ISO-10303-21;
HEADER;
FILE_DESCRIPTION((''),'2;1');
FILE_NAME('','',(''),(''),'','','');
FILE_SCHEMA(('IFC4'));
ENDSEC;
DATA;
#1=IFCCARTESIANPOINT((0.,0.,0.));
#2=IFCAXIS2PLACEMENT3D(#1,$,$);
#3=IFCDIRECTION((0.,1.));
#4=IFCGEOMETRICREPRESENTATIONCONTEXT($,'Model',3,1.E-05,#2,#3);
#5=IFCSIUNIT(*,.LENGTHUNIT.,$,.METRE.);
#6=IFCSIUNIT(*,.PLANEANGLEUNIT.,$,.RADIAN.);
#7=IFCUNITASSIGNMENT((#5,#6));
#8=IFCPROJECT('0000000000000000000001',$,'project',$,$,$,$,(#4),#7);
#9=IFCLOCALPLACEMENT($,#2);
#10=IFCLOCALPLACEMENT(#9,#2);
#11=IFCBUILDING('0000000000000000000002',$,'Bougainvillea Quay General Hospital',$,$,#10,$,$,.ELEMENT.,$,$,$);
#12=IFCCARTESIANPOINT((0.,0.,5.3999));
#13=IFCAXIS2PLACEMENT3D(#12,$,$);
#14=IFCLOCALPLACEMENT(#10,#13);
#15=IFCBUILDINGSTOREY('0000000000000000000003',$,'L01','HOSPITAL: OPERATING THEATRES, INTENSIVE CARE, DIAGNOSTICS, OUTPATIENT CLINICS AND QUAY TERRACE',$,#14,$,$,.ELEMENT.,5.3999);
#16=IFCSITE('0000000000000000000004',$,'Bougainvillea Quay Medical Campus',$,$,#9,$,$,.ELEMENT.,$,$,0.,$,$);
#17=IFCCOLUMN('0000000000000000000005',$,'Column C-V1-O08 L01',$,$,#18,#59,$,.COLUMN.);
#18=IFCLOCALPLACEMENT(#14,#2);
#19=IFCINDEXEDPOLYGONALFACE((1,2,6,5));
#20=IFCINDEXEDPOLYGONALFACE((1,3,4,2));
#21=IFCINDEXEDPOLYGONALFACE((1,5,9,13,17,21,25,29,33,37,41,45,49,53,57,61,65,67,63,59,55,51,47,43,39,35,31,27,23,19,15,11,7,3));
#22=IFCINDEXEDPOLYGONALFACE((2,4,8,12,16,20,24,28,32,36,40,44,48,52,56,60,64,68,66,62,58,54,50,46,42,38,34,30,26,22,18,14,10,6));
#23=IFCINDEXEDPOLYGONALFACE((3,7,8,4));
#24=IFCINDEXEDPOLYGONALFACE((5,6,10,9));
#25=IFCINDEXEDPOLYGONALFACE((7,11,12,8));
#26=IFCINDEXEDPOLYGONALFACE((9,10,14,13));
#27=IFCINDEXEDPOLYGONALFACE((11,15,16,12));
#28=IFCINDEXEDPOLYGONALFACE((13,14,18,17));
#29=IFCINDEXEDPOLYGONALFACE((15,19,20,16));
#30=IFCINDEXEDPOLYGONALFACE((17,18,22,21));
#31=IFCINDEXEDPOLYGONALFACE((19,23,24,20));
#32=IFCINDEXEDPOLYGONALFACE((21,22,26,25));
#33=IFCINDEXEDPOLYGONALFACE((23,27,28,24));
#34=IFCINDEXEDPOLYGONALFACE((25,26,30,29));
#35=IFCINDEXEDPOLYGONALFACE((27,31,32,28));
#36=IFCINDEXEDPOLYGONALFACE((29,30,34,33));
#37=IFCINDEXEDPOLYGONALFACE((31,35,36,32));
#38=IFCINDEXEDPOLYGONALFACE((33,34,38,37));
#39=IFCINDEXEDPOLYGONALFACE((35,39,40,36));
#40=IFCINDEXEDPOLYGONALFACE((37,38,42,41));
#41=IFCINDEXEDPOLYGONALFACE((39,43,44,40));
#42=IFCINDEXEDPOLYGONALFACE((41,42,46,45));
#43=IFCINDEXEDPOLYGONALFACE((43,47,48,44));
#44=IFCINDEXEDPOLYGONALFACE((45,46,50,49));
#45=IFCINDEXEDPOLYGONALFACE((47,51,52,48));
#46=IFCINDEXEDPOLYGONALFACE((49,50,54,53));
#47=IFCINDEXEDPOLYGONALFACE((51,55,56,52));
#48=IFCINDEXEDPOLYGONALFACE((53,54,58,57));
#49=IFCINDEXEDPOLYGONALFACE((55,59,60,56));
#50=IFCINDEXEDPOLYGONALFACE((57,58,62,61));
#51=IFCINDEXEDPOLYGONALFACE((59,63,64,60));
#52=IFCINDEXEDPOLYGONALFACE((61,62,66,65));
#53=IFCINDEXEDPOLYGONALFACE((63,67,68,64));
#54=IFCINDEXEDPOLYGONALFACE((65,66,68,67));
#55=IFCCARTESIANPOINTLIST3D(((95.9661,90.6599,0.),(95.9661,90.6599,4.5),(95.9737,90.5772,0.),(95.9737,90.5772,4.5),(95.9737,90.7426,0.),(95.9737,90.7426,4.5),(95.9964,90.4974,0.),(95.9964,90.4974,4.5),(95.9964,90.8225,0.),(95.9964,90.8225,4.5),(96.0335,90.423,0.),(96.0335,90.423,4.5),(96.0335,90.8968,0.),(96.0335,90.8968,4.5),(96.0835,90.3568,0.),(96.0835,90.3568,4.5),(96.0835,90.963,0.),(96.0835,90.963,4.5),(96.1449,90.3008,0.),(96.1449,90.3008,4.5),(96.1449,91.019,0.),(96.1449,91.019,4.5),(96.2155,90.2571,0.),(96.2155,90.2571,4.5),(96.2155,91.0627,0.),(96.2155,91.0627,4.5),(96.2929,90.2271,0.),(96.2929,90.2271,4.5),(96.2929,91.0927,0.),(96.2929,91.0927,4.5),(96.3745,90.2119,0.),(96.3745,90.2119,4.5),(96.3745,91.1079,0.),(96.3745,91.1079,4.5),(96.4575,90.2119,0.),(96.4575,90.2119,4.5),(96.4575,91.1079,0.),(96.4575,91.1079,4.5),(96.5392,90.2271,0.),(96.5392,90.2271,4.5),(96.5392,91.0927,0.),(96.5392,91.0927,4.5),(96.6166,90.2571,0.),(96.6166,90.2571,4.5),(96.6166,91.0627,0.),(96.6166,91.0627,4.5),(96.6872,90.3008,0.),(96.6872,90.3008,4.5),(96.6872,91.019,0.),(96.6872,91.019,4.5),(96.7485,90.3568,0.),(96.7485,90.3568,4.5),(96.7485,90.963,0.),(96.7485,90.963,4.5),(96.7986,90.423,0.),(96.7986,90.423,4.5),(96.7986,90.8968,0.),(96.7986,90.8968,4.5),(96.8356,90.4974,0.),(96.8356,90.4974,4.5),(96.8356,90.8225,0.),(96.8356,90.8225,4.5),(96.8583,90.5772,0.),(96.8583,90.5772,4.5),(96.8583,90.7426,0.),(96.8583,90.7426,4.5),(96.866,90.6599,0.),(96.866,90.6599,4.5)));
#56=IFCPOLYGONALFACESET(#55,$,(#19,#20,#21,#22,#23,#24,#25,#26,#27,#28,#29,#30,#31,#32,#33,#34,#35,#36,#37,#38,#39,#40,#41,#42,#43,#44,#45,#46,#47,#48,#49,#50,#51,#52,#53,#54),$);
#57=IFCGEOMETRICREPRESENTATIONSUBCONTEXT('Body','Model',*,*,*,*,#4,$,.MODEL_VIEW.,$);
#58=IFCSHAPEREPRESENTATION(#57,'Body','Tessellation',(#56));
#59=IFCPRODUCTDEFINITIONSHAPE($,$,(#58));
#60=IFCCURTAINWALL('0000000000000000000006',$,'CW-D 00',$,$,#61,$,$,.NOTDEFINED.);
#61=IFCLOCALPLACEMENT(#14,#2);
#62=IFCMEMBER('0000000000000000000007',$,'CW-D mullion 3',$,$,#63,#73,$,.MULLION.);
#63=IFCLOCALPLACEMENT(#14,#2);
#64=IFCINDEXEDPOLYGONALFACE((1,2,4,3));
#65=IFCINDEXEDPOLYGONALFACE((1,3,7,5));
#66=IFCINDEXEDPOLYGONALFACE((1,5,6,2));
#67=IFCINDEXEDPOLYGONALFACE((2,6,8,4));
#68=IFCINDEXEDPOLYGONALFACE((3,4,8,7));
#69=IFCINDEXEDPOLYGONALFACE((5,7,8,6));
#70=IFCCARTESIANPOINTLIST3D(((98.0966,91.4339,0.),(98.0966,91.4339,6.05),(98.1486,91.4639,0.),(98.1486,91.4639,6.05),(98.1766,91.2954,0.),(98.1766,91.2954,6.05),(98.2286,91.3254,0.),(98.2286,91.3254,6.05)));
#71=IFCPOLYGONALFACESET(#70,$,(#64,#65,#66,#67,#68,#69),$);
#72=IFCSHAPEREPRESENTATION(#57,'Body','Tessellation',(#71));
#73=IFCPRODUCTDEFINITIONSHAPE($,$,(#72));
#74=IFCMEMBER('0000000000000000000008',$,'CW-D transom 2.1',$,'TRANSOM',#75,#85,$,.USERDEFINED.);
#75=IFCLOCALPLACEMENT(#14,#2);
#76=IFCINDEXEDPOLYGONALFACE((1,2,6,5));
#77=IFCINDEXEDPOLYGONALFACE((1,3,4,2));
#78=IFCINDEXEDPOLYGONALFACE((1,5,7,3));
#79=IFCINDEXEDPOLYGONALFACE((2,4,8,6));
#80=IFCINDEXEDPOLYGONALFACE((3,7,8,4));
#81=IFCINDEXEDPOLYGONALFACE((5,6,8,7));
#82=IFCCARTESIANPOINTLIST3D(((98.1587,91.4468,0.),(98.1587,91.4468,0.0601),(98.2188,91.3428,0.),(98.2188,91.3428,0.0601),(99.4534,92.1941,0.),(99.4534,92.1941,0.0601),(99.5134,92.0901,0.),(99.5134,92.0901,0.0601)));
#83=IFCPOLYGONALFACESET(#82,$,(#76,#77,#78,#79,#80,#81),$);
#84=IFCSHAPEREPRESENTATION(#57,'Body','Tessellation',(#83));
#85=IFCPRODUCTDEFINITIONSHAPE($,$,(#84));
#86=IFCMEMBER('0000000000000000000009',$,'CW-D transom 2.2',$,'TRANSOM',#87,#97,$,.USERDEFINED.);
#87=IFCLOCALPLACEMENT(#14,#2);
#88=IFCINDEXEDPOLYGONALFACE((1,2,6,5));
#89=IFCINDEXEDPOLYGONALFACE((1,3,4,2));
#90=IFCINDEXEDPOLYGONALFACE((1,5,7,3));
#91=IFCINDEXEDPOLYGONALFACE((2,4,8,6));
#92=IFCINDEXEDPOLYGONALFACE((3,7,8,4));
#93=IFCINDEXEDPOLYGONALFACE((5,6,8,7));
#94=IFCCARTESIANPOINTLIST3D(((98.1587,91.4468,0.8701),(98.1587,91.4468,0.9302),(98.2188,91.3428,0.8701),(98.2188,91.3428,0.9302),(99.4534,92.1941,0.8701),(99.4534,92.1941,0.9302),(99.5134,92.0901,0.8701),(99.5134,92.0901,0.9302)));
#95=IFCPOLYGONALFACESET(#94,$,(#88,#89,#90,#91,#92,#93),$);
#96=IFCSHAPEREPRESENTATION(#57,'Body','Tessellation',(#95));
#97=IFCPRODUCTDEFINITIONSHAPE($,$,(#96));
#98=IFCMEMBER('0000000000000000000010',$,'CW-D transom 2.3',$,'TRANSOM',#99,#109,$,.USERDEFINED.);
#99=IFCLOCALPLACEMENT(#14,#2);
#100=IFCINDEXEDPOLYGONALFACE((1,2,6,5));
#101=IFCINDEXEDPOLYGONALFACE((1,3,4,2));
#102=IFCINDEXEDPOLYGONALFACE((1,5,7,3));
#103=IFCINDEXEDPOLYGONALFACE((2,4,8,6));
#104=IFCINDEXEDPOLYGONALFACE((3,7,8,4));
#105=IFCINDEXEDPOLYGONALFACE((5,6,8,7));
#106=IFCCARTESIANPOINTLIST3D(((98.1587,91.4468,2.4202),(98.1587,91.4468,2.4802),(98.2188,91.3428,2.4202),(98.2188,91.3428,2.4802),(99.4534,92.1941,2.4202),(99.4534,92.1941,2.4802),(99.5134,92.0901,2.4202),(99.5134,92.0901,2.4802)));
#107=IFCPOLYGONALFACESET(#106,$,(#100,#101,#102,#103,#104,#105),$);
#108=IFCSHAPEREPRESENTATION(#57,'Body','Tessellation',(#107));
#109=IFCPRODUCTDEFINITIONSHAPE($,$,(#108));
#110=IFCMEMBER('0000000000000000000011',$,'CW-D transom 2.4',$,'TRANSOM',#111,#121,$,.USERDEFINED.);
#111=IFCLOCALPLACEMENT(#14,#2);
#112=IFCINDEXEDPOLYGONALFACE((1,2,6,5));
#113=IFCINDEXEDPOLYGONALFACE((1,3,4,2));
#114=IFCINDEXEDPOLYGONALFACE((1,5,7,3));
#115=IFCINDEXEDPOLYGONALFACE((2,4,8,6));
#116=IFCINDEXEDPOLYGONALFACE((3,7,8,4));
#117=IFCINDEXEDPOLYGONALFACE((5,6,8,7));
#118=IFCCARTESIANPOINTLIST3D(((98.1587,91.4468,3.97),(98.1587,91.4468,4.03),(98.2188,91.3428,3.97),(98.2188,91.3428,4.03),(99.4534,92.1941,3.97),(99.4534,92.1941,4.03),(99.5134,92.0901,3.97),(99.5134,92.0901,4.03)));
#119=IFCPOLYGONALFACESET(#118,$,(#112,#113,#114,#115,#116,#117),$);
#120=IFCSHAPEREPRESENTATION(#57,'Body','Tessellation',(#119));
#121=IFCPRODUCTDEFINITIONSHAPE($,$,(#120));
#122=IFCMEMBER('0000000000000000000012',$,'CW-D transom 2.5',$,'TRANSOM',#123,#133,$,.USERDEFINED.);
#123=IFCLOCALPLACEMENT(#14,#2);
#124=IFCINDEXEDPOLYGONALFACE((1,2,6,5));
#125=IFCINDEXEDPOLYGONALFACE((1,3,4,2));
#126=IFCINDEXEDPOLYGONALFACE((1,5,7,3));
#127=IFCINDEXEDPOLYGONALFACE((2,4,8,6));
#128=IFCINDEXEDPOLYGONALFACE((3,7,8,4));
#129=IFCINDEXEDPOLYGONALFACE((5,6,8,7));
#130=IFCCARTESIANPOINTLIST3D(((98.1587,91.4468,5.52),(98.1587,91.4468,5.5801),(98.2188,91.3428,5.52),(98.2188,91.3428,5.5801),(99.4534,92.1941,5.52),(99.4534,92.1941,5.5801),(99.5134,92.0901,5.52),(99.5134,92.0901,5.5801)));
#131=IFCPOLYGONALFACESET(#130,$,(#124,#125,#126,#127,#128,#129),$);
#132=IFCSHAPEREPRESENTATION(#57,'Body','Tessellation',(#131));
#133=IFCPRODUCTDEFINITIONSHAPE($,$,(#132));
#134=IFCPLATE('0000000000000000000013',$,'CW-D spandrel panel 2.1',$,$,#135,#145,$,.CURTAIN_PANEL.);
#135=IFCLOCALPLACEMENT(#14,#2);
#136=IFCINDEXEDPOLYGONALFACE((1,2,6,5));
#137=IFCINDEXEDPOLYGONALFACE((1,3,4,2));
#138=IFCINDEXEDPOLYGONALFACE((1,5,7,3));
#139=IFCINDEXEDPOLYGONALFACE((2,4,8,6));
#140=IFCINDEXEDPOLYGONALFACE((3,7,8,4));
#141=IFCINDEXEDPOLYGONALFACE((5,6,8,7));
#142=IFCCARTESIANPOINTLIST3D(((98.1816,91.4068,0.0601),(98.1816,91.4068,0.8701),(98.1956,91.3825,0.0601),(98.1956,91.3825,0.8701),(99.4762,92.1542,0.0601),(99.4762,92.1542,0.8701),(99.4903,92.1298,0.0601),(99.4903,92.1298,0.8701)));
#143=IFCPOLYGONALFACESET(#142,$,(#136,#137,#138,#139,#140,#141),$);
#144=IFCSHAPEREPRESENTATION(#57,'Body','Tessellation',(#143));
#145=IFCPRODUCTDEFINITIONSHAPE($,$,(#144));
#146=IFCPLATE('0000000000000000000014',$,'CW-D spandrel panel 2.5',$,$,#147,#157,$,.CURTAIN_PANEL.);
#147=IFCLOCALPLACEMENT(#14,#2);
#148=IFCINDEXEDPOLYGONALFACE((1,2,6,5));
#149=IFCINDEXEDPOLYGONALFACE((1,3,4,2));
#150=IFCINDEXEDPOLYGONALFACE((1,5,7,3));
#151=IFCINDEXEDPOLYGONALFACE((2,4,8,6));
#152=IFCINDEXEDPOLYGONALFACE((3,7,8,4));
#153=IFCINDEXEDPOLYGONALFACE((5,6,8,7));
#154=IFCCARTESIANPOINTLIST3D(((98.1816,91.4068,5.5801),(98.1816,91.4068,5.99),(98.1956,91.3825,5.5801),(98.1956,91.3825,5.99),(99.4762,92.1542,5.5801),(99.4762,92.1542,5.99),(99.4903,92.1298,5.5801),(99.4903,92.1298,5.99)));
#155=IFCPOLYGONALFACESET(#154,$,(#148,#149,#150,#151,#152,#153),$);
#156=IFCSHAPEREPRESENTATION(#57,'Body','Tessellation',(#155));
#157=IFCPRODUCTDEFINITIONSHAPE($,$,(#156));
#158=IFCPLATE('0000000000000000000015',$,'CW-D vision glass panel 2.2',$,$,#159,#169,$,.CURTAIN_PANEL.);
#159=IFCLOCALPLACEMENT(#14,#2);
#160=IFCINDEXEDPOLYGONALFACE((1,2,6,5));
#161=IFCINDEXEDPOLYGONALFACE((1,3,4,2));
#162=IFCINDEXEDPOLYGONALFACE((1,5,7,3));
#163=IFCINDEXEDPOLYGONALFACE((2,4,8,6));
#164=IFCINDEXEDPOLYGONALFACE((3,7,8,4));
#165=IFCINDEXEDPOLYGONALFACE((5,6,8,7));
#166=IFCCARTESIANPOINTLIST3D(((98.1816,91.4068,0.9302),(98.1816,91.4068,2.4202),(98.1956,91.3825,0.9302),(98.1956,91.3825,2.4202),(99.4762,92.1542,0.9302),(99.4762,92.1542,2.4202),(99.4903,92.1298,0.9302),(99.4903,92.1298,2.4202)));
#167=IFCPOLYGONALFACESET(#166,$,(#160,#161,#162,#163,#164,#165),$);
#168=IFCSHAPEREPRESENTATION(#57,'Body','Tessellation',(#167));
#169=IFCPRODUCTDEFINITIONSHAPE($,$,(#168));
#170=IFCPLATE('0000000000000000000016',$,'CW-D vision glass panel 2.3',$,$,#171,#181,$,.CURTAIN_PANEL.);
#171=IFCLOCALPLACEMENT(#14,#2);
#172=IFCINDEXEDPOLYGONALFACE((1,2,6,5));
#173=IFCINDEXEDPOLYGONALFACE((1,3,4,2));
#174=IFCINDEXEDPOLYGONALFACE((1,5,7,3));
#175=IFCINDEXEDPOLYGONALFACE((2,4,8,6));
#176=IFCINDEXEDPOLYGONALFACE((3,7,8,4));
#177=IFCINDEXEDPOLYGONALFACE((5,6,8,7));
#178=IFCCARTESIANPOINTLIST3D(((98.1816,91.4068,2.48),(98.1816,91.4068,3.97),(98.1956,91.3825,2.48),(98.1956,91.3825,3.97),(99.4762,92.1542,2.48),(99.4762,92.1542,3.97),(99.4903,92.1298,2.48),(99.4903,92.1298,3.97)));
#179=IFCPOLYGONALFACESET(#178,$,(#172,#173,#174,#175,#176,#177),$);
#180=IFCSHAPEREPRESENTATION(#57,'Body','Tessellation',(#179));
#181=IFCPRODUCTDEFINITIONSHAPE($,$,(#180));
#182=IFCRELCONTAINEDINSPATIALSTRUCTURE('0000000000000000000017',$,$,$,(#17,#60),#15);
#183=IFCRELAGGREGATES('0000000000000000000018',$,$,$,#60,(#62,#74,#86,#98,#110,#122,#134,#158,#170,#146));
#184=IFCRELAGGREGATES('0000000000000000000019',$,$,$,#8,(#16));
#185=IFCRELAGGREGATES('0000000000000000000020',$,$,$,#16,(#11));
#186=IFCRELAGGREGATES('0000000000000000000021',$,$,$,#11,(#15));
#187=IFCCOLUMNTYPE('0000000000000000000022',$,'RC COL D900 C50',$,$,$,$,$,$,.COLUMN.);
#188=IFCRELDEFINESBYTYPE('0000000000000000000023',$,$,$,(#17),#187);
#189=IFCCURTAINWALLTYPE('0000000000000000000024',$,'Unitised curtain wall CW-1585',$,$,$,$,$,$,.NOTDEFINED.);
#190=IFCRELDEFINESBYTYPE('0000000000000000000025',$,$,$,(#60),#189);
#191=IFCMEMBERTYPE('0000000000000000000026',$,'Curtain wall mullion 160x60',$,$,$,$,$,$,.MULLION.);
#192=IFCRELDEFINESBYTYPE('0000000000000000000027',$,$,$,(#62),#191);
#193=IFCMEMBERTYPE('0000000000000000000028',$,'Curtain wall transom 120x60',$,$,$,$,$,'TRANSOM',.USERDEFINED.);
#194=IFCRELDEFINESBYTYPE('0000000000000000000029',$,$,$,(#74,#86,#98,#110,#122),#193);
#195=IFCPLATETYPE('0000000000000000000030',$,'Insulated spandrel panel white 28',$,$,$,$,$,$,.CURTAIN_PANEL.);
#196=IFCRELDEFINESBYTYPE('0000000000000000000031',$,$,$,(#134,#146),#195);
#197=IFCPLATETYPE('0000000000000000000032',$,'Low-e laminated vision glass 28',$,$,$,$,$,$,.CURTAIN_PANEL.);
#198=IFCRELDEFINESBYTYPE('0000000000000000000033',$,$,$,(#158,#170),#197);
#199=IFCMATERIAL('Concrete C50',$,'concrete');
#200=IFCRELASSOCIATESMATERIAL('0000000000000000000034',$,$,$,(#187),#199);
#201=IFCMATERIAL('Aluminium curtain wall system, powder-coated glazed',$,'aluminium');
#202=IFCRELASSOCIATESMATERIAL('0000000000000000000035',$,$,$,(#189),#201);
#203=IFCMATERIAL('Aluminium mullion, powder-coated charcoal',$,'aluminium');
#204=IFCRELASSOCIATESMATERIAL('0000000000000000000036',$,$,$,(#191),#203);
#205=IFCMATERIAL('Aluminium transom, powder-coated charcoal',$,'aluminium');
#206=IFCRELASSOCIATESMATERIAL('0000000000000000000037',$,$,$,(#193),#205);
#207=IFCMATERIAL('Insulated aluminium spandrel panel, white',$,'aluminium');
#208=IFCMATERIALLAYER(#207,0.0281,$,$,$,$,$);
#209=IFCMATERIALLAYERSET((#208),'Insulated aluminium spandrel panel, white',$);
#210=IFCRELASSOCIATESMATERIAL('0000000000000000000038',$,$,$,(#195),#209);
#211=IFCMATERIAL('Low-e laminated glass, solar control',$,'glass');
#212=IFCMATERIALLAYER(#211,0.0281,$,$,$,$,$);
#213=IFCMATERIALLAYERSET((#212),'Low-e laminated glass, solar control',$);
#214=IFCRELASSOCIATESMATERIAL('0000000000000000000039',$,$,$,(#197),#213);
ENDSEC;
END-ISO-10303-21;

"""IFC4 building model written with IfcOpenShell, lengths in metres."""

from ifc_helpers import new_model, si_unit, direction, frame, origin, origin_2d, place, context, subcontext, project, spatial, rectangle, circle, extrude, material, layer, layer_set, material_profile, profile_set, type_object, element, aggregate, save


model = new_model("IFC4")

# Units and contexts
model_context = context("Model", 3, precision=1e-05, world=origin(), true_north=direction((0.0, 1.0)))
body_context = subcontext(model_context, "Body", "Model", "MODEL_VIEW")
ifc_project = project(units=[si_unit("LENGTHUNIT", "METRE"), si_unit("PLANEANGLEUNIT", "RADIAN")], contexts=[model_context])

# Site, building, storey
site_placement = place(None, origin())
site = spatial("IfcSite", under=ifc_project, at=site_placement, Name="Bougainvillea Quay Medical Campus", CompositionType="ELEMENT", RefElevation=0.0)
building_placement = place(site_placement, origin())
building = spatial("IfcBuilding", under=site, at=building_placement, Name="Bougainvillea Quay General Hospital", CompositionType="ELEMENT")
storey_placement = place(building_placement, frame((0.0, 0.0, 5.3999)))
storey = spatial("IfcBuildingStorey", under=building, at=storey_placement, Name="L01", Description="HOSPITAL: OPERATING THEATRES, INTENSIVE CARE, DIAGNOSTICS, OUTPATIENT CLINICS AND QUAY TERRACE", CompositionType="ELEMENT", Elevation=5.3999)

# Column
ifc_material_1 = material(Name="Concrete C50", Category="concrete")
ifc_material_profile_1 = material_profile(ifc_material_1, circle(Radius=0.45, at=origin_2d()))
ifc_profile_set_1 = profile_set([ifc_material_profile_1], Name="Concrete C50")
column_type = type_object("IfcColumnType", Name="RC COL D900 C50", PredefinedType="COLUMN", material=ifc_profile_set_1)
column_placement = place(storey_placement, frame((96.416, 90.6599, 0.0), z_axis=(0.0, 0.0, 1.0), x_axis=(1.0, 0.0, 0.0)))
element("IfcColumn", 1, at=column_placement, inside=storey, type_object=column_type, Name="Column C-V1-O08 L01", PredefinedType="COLUMN", context=body_context, shape_type="SweptSolid", body=[
    extrude(circle(Radius=0.45, at=origin_2d()), origin(), (0.0, 0.0, 1.0), 4.5),
])

# Curtain wall, members, plates
ifc_material_2 = material(Name="Aluminium curtain wall system, powder-coated glazed", Category="aluminium")
curtain_wall_type = type_object("IfcCurtainWallType", Name="Unitised curtain wall CW-1585", PredefinedType="NOTDEFINED", material=ifc_material_2)
curtain_wall_placement = place(storey_placement, origin())
curtain_wall = element("IfcCurtainWall", 2, at=curtain_wall_placement, inside=storey, type_object=curtain_wall_type, Name="CW-D 00", PredefinedType="NOTDEFINED")
ifc_material_3 = material(Name="Aluminium mullion, powder-coated charcoal", Category="aluminium")
ifc_material_profile_2 = material_profile(ifc_material_3, rectangle(XDim=0.1599, YDim=0.0601, at=origin_2d()))
ifc_profile_set_2 = profile_set([ifc_material_profile_2], Name="Aluminium mullion, powder-coated charcoal")
member_type_1 = type_object("IfcMemberType", Name="Curtain wall mullion 160x60", PredefinedType="MULLION", material=ifc_profile_set_2)
member_1_placement = place(storey_placement, frame((98.1626, 91.3796, 0.0), z_axis=(0.0, 0.0, 1.0), x_axis=(0.499965, -0.866046, 0.0)))
member_1 = element("IfcMember", 3, at=member_1_placement, type_object=member_type_1, Name="CW-D mullion 3", PredefinedType="MULLION", context=body_context, shape_type="SweptSolid", body=[
    extrude(rectangle(XDim=0.1599, YDim=0.0601, at=origin_2d()), origin(), (0.0, 0.0, 1.0), 6.05),
])
ifc_material_4 = material(Name="Aluminium transom, powder-coated charcoal", Category="aluminium")
ifc_material_profile_3 = material_profile(ifc_material_4, rectangle(XDim=0.1201, YDim=0.0601, at=origin_2d()))
ifc_profile_set_3 = profile_set([ifc_material_profile_3], Name="Aluminium transom, powder-coated charcoal")
member_type_2 = type_object("IfcMemberType", Name="Curtain wall transom 120x60", ElementType="TRANSOM", PredefinedType="USERDEFINED", material=ifc_profile_set_3)
member_2_placement = place(storey_placement, frame((99.4834, 92.1421, 0.03), z_axis=(-0.866074, -0.499916, 0.0), x_axis=(0.499916, -0.866074, 0.0)))
member_2 = element("IfcMember", 4, at=member_2_placement, type_object=member_type_2, Name="CW-D transom 2.1", ObjectType="TRANSOM", PredefinedType="USERDEFINED", context=body_context, shape_type="SweptSolid", body=[
    extrude(rectangle(XDim=0.1201, YDim=0.0601, at=origin_2d()), origin(), (0.0, 0.0, 1.0), 1.4949),
])
member_3_placement = place(storey_placement, frame((99.4834, 92.1421, 0.9001), z_axis=(-0.866074, -0.499916, 0.0), x_axis=(0.499916, -0.866074, 0.0)))
member_3 = element("IfcMember", 5, at=member_3_placement, type_object=member_type_2, Name="CW-D transom 2.2", ObjectType="TRANSOM", PredefinedType="USERDEFINED", context=body_context, shape_type="SweptSolid", body=[
    extrude(rectangle(XDim=0.1201, YDim=0.0601, at=origin_2d()), origin(), (0.0, 0.0, 1.0), 1.4949),
])
member_4_placement = place(storey_placement, frame((99.4834, 92.1421, 2.4502), z_axis=(-0.866074, -0.499916, 0.0), x_axis=(0.499916, -0.866074, 0.0)))
member_4 = element("IfcMember", 6, at=member_4_placement, type_object=member_type_2, Name="CW-D transom 2.3", ObjectType="TRANSOM", PredefinedType="USERDEFINED", context=body_context, shape_type="SweptSolid", body=[
    extrude(rectangle(XDim=0.1201, YDim=0.0601, at=origin_2d()), origin(), (0.0, 0.0, 1.0), 1.4949),
])
member_5_placement = place(storey_placement, frame((99.4834, 92.1421, 4.0), z_axis=(-0.866074, -0.499916, 0.0), x_axis=(0.499916, -0.866074, 0.0)))
member_5 = element("IfcMember", 7, at=member_5_placement, type_object=member_type_2, Name="CW-D transom 2.4", ObjectType="TRANSOM", PredefinedType="USERDEFINED", context=body_context, shape_type="SweptSolid", body=[
    extrude(rectangle(XDim=0.1201, YDim=0.0601, at=origin_2d()), origin(), (0.0, 0.0, 1.0), 1.4949),
])
member_6_placement = place(storey_placement, frame((99.4834, 92.1421, 5.55), z_axis=(-0.866074, -0.499916, 0.0), x_axis=(0.499916, -0.866074, 0.0)))
member_6 = element("IfcMember", 8, at=member_6_placement, type_object=member_type_2, Name="CW-D transom 2.5", ObjectType="TRANSOM", PredefinedType="USERDEFINED", context=body_context, shape_type="SweptSolid", body=[
    extrude(rectangle(XDim=0.1201, YDim=0.0601, at=origin_2d()), origin(), (0.0, 0.0, 1.0), 1.4949),
])
ifc_material_5 = material(Name="Insulated aluminium spandrel panel, white", Category="aluminium")
ifc_layer_1 = layer(ifc_material_5, 0.0281)
ifc_layer_set_1 = layer_set([ifc_layer_1], Name="Insulated aluminium spandrel panel, white")
plate_type_1 = type_object("IfcPlateType", Name="Insulated spandrel panel white 28", PredefinedType="CURTAIN_PANEL", material=ifc_layer_set_1)
plate_1_placement = place(storey_placement, frame((98.8359, 91.7683, 0.0601), z_axis=(0.0, 0.0, 1.0), x_axis=(-0.866046, -0.499965, 0.0)))
plate_1 = element("IfcPlate", 9, at=plate_1_placement, type_object=plate_type_1, Name="CW-D spandrel panel 2.1", PredefinedType="CURTAIN_PANEL", context=body_context, shape_type="SweptSolid", body=[
    extrude(rectangle(XDim=1.4949, YDim=0.0281, at=origin_2d()), origin(), (0.0, 0.0, 1.0), 0.8101),
])
plate_2_placement = place(storey_placement, frame((98.8359, 91.7683, 5.5801), z_axis=(0.0, 0.0, 1.0), x_axis=(-0.866046, -0.499965, 0.0)))
plate_2 = element("IfcPlate", 10, at=plate_2_placement, type_object=plate_type_1, Name="CW-D spandrel panel 2.5", PredefinedType="CURTAIN_PANEL", context=body_context, shape_type="SweptSolid", body=[
    extrude(rectangle(XDim=1.4949, YDim=0.0281, at=origin_2d()), origin(), (0.0, 0.0, 1.0), 0.4099),
])
ifc_material_6 = material(Name="Low-e laminated glass, solar control", Category="glass")
ifc_layer_2 = layer(ifc_material_6, 0.0281)
ifc_layer_set_2 = layer_set([ifc_layer_2], Name="Low-e laminated glass, solar control")
plate_type_2 = type_object("IfcPlateType", Name="Low-e laminated vision glass 28", PredefinedType="CURTAIN_PANEL", material=ifc_layer_set_2)
plate_3_placement = place(storey_placement, frame((98.8359, 91.7683, 0.9302), z_axis=(0.0, 0.0, 1.0), x_axis=(-0.866046, -0.499965, 0.0)))
plate_3 = element("IfcPlate", 11, at=plate_3_placement, type_object=plate_type_2, Name="CW-D vision glass panel 2.2", PredefinedType="CURTAIN_PANEL", context=body_context, shape_type="SweptSolid", body=[
    extrude(rectangle(XDim=1.4949, YDim=0.0281, at=origin_2d()), origin(), (0.0, 0.0, 1.0), 1.49),
])
plate_4_placement = place(storey_placement, frame((98.8359, 91.7683, 2.48), z_axis=(0.0, 0.0, 1.0), x_axis=(-0.866046, -0.499965, 0.0)))
plate_4 = element("IfcPlate", 12, at=plate_4_placement, type_object=plate_type_2, Name="CW-D vision glass panel 2.3", PredefinedType="CURTAIN_PANEL", context=body_context, shape_type="SweptSolid", body=[
    extrude(rectangle(XDim=1.4949, YDim=0.0281, at=origin_2d()), origin(), (0.0, 0.0, 1.0), 1.49),
])
aggregate(curtain_wall, [member_1, member_2, member_3, member_4, member_5, member_6, plate_1, plate_3, plate_4, plate_2])

save(model, "model.ifc")
